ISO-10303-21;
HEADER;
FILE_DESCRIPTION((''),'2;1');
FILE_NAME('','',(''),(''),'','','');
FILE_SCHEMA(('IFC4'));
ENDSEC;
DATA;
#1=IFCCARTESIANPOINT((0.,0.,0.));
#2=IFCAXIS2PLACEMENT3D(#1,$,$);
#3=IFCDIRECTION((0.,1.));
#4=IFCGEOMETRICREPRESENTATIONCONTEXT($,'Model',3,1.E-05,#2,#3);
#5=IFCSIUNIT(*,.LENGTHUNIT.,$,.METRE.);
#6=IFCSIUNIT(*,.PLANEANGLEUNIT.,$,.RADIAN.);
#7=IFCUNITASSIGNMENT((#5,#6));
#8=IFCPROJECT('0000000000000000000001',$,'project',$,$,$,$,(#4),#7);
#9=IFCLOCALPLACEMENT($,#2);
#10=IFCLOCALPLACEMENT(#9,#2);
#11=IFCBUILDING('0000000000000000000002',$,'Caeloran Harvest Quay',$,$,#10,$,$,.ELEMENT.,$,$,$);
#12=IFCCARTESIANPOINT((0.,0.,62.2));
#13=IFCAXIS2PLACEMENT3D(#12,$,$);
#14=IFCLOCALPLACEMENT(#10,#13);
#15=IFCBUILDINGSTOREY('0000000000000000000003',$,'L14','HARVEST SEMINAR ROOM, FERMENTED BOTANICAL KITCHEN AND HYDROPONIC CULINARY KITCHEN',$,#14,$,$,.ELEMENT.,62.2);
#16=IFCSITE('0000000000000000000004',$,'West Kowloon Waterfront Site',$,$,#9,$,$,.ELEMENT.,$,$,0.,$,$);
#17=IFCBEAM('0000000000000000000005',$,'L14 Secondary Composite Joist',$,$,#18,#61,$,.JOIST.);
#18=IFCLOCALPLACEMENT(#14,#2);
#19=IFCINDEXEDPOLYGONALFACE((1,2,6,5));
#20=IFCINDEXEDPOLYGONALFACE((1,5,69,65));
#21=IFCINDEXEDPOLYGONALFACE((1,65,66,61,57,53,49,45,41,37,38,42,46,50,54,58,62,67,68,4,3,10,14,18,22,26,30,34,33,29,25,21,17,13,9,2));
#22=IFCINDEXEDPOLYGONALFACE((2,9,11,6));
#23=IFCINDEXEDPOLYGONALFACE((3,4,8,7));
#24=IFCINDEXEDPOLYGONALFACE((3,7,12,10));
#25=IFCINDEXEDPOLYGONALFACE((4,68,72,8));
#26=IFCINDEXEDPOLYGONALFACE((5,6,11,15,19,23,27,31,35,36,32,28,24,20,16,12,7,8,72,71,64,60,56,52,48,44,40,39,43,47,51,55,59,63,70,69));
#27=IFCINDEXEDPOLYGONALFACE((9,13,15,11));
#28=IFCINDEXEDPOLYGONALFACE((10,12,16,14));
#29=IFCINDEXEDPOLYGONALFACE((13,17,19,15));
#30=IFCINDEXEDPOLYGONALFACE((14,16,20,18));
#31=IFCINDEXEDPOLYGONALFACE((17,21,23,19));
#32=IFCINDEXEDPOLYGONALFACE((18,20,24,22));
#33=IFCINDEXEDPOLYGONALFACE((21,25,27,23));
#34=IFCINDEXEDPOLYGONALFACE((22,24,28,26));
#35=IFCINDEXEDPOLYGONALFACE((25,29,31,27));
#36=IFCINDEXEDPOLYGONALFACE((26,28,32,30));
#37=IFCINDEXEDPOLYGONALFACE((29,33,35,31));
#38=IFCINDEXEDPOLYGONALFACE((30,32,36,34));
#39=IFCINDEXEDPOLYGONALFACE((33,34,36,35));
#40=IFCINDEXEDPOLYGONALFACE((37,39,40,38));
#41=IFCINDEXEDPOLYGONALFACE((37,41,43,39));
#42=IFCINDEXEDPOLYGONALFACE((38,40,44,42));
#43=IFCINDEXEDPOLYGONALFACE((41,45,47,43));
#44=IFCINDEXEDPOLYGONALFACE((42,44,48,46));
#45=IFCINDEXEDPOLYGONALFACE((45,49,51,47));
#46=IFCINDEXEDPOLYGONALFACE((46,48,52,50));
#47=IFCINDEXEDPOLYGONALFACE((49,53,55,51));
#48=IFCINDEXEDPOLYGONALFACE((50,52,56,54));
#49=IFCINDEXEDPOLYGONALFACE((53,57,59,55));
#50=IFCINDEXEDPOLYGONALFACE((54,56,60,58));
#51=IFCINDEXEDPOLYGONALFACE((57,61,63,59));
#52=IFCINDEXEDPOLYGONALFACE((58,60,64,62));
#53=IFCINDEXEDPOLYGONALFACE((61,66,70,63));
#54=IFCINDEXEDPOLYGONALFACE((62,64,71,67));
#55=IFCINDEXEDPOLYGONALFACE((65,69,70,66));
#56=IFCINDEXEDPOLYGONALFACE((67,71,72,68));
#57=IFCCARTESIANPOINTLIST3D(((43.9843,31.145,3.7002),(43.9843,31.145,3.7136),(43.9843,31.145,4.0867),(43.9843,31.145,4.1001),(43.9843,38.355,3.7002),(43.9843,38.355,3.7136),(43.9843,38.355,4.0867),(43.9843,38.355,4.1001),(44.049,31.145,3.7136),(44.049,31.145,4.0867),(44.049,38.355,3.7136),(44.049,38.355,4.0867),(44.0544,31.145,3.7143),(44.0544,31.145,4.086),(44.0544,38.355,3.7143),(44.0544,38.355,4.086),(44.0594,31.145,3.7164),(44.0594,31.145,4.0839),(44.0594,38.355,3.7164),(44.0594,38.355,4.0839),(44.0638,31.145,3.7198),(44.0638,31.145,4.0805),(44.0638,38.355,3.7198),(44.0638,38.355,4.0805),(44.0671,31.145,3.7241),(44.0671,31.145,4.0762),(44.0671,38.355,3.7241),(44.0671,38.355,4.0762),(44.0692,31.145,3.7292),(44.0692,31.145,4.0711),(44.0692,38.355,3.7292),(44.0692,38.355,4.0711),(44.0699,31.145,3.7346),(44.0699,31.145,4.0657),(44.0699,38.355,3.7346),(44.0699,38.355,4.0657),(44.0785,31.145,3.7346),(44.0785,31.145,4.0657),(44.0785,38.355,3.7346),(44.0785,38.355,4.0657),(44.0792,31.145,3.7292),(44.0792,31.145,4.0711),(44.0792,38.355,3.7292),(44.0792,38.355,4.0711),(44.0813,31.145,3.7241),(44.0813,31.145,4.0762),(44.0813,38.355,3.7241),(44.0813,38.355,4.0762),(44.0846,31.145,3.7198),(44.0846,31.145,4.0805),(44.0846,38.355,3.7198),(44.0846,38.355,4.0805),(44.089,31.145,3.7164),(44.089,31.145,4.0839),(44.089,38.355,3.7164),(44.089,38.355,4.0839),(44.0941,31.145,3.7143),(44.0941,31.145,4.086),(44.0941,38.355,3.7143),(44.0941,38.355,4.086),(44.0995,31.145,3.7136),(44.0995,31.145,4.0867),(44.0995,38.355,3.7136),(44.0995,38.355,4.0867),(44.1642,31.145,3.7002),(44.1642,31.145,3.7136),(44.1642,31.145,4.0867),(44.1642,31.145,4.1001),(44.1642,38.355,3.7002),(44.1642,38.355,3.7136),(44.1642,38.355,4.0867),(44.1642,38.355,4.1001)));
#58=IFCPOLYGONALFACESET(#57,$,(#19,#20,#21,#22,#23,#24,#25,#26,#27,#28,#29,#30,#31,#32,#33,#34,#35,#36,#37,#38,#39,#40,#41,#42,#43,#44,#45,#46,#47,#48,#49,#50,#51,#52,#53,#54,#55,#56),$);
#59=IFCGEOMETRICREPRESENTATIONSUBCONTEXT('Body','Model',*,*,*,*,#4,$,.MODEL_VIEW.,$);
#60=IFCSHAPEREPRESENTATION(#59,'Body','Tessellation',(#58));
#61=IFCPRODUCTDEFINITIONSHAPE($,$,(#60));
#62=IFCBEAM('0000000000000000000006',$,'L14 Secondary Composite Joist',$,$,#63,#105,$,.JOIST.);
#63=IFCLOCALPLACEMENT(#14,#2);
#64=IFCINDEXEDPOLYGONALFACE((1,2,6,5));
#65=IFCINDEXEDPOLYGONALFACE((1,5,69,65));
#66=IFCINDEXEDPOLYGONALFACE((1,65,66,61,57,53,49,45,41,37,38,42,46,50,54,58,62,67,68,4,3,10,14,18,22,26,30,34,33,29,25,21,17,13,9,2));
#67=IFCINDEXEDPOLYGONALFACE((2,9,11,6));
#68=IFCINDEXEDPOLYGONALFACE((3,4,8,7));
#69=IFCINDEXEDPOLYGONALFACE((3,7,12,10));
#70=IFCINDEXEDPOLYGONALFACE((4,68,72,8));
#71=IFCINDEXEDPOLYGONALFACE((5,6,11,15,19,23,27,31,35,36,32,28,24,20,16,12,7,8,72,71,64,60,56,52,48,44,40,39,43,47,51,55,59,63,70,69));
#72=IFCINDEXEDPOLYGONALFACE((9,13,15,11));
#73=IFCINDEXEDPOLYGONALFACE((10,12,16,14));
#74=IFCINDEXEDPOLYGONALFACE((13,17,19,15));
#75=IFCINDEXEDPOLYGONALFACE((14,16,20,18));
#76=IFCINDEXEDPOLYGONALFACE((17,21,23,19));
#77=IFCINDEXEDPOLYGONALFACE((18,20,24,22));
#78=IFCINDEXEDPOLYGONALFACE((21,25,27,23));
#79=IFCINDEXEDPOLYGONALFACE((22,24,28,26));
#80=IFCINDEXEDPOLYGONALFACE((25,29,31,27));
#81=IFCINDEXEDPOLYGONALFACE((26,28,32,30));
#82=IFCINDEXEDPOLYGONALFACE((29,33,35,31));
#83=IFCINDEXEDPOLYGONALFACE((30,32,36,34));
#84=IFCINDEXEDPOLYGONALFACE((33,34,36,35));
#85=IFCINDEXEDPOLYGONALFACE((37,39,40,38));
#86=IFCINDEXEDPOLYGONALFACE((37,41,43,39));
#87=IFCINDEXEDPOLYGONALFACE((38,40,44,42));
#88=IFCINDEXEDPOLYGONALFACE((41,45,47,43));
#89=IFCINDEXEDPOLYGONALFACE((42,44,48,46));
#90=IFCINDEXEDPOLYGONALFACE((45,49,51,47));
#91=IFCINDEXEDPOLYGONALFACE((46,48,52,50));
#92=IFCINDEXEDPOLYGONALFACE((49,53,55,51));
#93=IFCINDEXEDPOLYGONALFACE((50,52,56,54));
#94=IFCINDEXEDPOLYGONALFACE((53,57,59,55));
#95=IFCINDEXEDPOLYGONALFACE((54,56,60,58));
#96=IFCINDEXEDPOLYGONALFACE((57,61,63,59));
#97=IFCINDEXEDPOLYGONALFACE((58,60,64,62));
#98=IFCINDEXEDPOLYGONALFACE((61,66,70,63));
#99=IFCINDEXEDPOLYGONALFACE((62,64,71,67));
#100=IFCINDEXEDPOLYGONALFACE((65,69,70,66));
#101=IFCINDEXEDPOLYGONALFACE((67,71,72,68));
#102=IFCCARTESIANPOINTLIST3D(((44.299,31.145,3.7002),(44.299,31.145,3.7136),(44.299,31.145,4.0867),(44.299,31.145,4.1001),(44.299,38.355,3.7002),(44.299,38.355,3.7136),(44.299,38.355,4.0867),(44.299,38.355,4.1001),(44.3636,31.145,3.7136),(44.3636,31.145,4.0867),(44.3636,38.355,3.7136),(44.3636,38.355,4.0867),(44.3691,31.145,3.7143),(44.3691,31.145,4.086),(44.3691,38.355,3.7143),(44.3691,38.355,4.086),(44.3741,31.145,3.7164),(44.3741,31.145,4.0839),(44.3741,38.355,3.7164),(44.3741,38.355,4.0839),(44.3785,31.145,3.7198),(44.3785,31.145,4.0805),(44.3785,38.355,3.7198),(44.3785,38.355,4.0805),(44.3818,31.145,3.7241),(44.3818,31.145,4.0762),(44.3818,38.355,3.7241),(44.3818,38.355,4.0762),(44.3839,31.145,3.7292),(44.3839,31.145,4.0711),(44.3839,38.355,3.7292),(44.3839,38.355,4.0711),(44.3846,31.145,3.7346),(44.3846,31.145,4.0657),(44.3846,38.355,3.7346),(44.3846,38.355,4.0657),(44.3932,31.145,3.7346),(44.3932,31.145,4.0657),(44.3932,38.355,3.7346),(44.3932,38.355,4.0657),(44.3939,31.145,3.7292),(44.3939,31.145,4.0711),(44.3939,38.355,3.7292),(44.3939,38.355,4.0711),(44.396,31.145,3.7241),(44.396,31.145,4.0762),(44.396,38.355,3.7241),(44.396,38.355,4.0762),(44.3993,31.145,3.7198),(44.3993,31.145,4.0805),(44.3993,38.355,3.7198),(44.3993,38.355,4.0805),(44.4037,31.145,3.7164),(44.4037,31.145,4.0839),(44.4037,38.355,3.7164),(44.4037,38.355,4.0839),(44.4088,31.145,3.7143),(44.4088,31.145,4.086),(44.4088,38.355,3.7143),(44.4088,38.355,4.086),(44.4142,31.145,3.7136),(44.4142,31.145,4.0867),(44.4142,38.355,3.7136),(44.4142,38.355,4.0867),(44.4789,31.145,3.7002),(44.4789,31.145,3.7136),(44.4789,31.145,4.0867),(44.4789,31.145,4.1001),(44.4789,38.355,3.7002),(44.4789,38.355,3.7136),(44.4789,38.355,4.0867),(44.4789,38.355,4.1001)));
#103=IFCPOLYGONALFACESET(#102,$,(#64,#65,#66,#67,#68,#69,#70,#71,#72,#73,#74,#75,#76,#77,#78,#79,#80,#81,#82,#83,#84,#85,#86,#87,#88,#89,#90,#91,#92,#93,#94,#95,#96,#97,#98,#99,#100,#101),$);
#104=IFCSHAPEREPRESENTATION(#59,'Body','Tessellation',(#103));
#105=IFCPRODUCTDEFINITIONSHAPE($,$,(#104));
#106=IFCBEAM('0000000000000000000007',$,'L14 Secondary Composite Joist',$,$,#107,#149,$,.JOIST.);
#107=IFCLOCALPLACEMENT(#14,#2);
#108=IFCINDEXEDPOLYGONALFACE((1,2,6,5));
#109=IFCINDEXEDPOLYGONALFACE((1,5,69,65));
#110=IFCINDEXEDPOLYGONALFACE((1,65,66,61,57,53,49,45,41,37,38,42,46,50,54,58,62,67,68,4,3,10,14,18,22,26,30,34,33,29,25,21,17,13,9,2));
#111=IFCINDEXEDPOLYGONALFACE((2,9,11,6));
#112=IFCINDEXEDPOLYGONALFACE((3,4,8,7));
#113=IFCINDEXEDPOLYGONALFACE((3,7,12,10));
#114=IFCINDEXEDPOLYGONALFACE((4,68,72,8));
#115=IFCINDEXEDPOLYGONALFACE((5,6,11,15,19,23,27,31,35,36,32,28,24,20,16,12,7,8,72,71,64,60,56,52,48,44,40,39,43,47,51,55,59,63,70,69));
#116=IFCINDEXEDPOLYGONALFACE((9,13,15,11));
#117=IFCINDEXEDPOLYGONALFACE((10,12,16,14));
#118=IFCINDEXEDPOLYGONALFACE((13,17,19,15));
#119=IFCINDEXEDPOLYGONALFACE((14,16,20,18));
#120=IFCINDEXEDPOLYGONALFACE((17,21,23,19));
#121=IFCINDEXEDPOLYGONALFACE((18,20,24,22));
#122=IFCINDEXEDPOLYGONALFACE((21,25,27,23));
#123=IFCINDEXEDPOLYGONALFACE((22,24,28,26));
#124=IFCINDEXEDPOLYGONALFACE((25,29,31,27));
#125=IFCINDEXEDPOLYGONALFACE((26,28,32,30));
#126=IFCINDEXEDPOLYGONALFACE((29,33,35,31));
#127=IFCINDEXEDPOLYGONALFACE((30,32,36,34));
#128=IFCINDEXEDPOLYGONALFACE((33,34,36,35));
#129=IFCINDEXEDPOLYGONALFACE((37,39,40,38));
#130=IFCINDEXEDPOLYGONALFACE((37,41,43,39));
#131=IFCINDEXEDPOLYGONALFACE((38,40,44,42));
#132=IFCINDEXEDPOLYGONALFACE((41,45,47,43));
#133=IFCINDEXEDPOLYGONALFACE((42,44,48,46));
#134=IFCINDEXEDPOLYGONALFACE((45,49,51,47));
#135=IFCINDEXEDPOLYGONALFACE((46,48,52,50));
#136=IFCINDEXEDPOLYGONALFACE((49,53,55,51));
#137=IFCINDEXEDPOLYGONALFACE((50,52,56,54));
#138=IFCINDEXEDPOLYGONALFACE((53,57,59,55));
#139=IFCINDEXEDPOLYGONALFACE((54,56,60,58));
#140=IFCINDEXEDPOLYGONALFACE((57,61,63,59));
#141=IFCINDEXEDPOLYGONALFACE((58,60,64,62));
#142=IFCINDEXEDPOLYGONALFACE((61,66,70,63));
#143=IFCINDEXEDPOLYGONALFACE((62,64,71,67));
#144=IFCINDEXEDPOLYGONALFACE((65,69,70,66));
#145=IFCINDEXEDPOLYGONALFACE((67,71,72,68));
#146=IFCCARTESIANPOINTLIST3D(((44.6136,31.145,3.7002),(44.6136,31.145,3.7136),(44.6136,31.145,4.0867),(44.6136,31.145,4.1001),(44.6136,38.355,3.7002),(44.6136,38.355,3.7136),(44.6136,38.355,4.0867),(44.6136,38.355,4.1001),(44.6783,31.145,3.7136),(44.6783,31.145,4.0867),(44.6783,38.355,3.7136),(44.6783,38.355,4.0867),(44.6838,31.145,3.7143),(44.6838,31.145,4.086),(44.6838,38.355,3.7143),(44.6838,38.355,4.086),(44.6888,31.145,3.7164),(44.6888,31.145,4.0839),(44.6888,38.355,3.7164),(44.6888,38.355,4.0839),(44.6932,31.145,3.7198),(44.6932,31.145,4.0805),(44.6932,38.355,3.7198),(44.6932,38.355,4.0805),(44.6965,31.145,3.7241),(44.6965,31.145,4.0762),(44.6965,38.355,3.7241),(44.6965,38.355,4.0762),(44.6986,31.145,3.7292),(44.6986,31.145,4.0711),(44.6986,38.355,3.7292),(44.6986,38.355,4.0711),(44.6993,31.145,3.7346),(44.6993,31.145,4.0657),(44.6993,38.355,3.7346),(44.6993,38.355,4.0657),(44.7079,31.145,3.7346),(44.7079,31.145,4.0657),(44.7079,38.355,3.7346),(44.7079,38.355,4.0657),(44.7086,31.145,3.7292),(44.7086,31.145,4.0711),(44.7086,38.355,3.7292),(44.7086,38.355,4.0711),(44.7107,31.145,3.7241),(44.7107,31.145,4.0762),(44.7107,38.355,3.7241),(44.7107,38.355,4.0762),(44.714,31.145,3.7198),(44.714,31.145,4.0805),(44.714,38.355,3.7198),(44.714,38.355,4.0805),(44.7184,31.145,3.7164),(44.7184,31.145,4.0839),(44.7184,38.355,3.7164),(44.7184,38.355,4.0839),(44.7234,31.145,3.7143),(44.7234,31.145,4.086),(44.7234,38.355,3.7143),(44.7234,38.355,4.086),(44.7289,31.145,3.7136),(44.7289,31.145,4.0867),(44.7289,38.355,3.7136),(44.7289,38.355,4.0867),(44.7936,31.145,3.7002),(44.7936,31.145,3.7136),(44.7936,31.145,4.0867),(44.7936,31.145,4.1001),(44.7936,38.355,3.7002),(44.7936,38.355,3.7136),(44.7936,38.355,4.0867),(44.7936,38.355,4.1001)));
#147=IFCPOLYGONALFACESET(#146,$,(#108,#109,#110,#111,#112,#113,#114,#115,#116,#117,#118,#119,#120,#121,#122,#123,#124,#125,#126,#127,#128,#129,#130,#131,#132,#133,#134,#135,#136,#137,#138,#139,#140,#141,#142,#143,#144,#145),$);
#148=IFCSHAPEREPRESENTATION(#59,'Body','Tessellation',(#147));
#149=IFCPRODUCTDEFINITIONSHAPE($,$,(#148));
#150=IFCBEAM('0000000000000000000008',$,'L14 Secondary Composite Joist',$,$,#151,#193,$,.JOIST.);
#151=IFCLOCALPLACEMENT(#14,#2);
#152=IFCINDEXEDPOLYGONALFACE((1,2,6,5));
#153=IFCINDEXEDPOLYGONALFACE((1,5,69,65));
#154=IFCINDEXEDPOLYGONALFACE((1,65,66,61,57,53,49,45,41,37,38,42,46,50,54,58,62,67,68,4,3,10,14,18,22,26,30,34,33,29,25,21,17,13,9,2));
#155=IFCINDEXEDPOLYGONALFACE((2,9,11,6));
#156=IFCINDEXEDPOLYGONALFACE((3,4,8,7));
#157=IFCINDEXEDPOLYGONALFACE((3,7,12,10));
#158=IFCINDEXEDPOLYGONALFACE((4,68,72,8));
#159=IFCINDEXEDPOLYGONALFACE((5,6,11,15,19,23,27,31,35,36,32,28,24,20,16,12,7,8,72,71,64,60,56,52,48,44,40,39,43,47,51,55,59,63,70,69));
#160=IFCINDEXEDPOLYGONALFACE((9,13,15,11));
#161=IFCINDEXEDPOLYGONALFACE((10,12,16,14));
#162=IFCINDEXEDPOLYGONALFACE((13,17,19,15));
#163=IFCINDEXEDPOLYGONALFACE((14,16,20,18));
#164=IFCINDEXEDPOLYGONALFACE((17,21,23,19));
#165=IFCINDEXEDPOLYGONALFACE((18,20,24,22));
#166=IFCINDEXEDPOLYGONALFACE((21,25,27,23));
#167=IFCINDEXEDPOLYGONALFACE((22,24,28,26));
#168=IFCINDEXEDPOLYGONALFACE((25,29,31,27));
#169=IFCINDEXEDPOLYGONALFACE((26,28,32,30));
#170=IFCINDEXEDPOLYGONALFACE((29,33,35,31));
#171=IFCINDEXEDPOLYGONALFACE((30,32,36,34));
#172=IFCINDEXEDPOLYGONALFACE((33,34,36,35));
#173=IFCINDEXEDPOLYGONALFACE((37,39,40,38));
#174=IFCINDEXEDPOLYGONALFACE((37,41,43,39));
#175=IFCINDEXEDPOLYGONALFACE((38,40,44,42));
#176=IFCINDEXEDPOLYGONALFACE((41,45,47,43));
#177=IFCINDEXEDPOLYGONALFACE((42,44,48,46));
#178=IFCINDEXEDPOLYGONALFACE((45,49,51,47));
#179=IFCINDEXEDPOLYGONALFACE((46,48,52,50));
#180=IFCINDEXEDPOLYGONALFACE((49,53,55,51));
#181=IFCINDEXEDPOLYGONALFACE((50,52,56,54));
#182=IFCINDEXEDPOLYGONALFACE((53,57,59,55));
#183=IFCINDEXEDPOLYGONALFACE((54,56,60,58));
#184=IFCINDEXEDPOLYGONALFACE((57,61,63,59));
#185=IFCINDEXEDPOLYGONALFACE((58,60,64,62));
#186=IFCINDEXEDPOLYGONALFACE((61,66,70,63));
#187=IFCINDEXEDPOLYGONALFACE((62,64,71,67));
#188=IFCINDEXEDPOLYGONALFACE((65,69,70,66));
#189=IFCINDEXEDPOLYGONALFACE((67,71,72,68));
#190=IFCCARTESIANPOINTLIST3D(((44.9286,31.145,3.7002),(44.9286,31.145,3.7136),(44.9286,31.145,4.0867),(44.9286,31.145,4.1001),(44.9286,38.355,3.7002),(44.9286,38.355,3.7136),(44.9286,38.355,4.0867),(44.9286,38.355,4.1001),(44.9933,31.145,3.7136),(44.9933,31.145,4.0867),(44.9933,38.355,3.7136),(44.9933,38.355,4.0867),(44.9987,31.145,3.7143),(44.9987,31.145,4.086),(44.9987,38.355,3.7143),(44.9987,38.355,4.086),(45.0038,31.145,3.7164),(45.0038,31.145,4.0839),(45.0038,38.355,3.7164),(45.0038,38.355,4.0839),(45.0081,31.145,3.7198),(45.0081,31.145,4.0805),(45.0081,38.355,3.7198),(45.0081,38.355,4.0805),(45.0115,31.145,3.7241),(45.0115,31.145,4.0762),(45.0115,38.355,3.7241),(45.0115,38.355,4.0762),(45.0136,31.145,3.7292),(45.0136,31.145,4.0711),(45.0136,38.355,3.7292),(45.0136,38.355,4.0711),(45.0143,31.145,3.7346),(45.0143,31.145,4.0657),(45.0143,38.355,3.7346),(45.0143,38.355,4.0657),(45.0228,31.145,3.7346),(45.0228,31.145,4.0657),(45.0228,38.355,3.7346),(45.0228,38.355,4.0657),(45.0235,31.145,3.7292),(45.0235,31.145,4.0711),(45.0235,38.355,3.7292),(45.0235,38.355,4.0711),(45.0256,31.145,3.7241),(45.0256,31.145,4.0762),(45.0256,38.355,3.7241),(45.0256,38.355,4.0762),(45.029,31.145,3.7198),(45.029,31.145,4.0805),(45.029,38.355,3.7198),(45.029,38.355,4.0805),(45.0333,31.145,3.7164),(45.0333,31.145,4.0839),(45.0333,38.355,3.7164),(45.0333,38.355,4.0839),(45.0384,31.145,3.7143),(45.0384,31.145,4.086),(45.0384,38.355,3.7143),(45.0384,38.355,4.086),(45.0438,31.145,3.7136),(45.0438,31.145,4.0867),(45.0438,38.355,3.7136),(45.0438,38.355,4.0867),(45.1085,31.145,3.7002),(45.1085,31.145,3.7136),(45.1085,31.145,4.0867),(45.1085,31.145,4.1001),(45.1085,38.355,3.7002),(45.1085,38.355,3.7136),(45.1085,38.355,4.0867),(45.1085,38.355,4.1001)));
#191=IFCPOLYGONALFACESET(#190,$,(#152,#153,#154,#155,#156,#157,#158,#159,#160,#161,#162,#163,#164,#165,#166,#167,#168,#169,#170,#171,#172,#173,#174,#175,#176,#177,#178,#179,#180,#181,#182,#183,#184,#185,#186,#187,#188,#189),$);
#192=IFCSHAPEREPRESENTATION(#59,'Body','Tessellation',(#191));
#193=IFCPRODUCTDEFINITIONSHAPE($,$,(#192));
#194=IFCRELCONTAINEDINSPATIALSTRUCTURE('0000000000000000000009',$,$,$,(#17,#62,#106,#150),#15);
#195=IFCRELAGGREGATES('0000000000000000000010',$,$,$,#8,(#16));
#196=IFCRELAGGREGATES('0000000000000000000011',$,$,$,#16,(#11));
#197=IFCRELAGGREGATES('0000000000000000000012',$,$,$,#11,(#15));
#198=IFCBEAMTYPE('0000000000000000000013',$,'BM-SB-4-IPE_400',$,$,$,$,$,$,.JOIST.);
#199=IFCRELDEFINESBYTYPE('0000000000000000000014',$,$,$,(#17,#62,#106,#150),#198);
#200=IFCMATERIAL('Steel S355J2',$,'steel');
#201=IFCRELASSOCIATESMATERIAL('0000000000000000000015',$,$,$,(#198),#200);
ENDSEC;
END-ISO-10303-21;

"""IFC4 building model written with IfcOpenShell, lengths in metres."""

from ifc_helpers import new_model, si_unit, direction, frame, origin, origin_2d, place, context, subcontext, project, spatial, i_section, extrude, material, material_profile, profile_set, type_object, element, save


model = new_model("IFC4")

# Units and contexts
model_context = context("Model", 3, precision=1e-05, world=origin(), true_north=direction((0.0, 1.0)))
body_context = subcontext(model_context, "Body", "Model", "MODEL_VIEW")
ifc_project = project(units=[si_unit("LENGTHUNIT", "METRE"), si_unit("PLANEANGLEUNIT", "RADIAN")], contexts=[model_context])

# Site, building, storey
site_placement = place(None, origin())
site = spatial("IfcSite", under=ifc_project, at=site_placement, Name="West Kowloon Waterfront Site", CompositionType="ELEMENT", RefElevation=0.0)
building_placement = place(site_placement, origin())
building = spatial("IfcBuilding", under=site, at=building_placement, Name="Caeloran Harvest Quay", CompositionType="ELEMENT")
storey_placement = place(building_placement, frame((0.0, 0.0, 62.2)))
storey = spatial("IfcBuildingStorey", under=building, at=storey_placement, Name="L14", Description="HARVEST SEMINAR ROOM, FERMENTED BOTANICAL KITCHEN AND HYDROPONIC CULINARY KITCHEN", CompositionType="ELEMENT", Elevation=62.2)

# Beams
ifc_material_1 = material(Name="Steel S355J2", Category="steel")
ifc_material_profile_1 = material_profile(ifc_material_1, i_section(OverallWidth=0.1799, OverallDepth=0.3999, WebThickness=0.0085, FlangeThickness=0.0134, FilletRadius=0.021, at=origin_2d()), Name="IPE 400")
ifc_profile_set_1 = profile_set([ifc_material_profile_1], Name="Steel S355J2")
beam_type_1 = type_object("IfcBeamType", Name="BM-SB-4-IPE_400", PredefinedType="JOIST", material=ifc_profile_set_1)
for number, where, z_axis, x_axis, name in (
    (1, (44.0742, 31.145, 3.9001), (0.0, 1.0, 0.0), (-1.0, 0.0, 0.0), "L14 Secondary Composite Joist"),
    (2, (44.3889, 31.145, 3.9001), (0.0, 1.0, 0.0), (-1.0, 0.0, 0.0), "L14 Secondary Composite Joist"),
    (3, (44.7036, 31.145, 3.9001), (0.0, 1.0, 0.0), (-1.0, 0.0, 0.0), "L14 Secondary Composite Joist"),
    (4, (45.0186, 31.145, 3.9001), (0.0, 1.0, 0.0), (-1.0, 0.0, 0.0), "L14 Secondary Composite Joist"),
):
    element("IfcBeam", number, at=place(storey_placement, frame(where, z_axis=z_axis, x_axis=x_axis)), inside=storey, type_object=beam_type_1, Name=name, PredefinedType="JOIST", context=body_context, shape_type="SweptSolid", body=[
        extrude(i_section(OverallWidth=0.1799, OverallDepth=0.3999, WebThickness=0.0085, FlangeThickness=0.0134, FilletRadius=0.021, at=origin_2d()), origin(), (0.0, 0.0, 1.0), 7.21),
    ])

save(model, "model.ifc")
